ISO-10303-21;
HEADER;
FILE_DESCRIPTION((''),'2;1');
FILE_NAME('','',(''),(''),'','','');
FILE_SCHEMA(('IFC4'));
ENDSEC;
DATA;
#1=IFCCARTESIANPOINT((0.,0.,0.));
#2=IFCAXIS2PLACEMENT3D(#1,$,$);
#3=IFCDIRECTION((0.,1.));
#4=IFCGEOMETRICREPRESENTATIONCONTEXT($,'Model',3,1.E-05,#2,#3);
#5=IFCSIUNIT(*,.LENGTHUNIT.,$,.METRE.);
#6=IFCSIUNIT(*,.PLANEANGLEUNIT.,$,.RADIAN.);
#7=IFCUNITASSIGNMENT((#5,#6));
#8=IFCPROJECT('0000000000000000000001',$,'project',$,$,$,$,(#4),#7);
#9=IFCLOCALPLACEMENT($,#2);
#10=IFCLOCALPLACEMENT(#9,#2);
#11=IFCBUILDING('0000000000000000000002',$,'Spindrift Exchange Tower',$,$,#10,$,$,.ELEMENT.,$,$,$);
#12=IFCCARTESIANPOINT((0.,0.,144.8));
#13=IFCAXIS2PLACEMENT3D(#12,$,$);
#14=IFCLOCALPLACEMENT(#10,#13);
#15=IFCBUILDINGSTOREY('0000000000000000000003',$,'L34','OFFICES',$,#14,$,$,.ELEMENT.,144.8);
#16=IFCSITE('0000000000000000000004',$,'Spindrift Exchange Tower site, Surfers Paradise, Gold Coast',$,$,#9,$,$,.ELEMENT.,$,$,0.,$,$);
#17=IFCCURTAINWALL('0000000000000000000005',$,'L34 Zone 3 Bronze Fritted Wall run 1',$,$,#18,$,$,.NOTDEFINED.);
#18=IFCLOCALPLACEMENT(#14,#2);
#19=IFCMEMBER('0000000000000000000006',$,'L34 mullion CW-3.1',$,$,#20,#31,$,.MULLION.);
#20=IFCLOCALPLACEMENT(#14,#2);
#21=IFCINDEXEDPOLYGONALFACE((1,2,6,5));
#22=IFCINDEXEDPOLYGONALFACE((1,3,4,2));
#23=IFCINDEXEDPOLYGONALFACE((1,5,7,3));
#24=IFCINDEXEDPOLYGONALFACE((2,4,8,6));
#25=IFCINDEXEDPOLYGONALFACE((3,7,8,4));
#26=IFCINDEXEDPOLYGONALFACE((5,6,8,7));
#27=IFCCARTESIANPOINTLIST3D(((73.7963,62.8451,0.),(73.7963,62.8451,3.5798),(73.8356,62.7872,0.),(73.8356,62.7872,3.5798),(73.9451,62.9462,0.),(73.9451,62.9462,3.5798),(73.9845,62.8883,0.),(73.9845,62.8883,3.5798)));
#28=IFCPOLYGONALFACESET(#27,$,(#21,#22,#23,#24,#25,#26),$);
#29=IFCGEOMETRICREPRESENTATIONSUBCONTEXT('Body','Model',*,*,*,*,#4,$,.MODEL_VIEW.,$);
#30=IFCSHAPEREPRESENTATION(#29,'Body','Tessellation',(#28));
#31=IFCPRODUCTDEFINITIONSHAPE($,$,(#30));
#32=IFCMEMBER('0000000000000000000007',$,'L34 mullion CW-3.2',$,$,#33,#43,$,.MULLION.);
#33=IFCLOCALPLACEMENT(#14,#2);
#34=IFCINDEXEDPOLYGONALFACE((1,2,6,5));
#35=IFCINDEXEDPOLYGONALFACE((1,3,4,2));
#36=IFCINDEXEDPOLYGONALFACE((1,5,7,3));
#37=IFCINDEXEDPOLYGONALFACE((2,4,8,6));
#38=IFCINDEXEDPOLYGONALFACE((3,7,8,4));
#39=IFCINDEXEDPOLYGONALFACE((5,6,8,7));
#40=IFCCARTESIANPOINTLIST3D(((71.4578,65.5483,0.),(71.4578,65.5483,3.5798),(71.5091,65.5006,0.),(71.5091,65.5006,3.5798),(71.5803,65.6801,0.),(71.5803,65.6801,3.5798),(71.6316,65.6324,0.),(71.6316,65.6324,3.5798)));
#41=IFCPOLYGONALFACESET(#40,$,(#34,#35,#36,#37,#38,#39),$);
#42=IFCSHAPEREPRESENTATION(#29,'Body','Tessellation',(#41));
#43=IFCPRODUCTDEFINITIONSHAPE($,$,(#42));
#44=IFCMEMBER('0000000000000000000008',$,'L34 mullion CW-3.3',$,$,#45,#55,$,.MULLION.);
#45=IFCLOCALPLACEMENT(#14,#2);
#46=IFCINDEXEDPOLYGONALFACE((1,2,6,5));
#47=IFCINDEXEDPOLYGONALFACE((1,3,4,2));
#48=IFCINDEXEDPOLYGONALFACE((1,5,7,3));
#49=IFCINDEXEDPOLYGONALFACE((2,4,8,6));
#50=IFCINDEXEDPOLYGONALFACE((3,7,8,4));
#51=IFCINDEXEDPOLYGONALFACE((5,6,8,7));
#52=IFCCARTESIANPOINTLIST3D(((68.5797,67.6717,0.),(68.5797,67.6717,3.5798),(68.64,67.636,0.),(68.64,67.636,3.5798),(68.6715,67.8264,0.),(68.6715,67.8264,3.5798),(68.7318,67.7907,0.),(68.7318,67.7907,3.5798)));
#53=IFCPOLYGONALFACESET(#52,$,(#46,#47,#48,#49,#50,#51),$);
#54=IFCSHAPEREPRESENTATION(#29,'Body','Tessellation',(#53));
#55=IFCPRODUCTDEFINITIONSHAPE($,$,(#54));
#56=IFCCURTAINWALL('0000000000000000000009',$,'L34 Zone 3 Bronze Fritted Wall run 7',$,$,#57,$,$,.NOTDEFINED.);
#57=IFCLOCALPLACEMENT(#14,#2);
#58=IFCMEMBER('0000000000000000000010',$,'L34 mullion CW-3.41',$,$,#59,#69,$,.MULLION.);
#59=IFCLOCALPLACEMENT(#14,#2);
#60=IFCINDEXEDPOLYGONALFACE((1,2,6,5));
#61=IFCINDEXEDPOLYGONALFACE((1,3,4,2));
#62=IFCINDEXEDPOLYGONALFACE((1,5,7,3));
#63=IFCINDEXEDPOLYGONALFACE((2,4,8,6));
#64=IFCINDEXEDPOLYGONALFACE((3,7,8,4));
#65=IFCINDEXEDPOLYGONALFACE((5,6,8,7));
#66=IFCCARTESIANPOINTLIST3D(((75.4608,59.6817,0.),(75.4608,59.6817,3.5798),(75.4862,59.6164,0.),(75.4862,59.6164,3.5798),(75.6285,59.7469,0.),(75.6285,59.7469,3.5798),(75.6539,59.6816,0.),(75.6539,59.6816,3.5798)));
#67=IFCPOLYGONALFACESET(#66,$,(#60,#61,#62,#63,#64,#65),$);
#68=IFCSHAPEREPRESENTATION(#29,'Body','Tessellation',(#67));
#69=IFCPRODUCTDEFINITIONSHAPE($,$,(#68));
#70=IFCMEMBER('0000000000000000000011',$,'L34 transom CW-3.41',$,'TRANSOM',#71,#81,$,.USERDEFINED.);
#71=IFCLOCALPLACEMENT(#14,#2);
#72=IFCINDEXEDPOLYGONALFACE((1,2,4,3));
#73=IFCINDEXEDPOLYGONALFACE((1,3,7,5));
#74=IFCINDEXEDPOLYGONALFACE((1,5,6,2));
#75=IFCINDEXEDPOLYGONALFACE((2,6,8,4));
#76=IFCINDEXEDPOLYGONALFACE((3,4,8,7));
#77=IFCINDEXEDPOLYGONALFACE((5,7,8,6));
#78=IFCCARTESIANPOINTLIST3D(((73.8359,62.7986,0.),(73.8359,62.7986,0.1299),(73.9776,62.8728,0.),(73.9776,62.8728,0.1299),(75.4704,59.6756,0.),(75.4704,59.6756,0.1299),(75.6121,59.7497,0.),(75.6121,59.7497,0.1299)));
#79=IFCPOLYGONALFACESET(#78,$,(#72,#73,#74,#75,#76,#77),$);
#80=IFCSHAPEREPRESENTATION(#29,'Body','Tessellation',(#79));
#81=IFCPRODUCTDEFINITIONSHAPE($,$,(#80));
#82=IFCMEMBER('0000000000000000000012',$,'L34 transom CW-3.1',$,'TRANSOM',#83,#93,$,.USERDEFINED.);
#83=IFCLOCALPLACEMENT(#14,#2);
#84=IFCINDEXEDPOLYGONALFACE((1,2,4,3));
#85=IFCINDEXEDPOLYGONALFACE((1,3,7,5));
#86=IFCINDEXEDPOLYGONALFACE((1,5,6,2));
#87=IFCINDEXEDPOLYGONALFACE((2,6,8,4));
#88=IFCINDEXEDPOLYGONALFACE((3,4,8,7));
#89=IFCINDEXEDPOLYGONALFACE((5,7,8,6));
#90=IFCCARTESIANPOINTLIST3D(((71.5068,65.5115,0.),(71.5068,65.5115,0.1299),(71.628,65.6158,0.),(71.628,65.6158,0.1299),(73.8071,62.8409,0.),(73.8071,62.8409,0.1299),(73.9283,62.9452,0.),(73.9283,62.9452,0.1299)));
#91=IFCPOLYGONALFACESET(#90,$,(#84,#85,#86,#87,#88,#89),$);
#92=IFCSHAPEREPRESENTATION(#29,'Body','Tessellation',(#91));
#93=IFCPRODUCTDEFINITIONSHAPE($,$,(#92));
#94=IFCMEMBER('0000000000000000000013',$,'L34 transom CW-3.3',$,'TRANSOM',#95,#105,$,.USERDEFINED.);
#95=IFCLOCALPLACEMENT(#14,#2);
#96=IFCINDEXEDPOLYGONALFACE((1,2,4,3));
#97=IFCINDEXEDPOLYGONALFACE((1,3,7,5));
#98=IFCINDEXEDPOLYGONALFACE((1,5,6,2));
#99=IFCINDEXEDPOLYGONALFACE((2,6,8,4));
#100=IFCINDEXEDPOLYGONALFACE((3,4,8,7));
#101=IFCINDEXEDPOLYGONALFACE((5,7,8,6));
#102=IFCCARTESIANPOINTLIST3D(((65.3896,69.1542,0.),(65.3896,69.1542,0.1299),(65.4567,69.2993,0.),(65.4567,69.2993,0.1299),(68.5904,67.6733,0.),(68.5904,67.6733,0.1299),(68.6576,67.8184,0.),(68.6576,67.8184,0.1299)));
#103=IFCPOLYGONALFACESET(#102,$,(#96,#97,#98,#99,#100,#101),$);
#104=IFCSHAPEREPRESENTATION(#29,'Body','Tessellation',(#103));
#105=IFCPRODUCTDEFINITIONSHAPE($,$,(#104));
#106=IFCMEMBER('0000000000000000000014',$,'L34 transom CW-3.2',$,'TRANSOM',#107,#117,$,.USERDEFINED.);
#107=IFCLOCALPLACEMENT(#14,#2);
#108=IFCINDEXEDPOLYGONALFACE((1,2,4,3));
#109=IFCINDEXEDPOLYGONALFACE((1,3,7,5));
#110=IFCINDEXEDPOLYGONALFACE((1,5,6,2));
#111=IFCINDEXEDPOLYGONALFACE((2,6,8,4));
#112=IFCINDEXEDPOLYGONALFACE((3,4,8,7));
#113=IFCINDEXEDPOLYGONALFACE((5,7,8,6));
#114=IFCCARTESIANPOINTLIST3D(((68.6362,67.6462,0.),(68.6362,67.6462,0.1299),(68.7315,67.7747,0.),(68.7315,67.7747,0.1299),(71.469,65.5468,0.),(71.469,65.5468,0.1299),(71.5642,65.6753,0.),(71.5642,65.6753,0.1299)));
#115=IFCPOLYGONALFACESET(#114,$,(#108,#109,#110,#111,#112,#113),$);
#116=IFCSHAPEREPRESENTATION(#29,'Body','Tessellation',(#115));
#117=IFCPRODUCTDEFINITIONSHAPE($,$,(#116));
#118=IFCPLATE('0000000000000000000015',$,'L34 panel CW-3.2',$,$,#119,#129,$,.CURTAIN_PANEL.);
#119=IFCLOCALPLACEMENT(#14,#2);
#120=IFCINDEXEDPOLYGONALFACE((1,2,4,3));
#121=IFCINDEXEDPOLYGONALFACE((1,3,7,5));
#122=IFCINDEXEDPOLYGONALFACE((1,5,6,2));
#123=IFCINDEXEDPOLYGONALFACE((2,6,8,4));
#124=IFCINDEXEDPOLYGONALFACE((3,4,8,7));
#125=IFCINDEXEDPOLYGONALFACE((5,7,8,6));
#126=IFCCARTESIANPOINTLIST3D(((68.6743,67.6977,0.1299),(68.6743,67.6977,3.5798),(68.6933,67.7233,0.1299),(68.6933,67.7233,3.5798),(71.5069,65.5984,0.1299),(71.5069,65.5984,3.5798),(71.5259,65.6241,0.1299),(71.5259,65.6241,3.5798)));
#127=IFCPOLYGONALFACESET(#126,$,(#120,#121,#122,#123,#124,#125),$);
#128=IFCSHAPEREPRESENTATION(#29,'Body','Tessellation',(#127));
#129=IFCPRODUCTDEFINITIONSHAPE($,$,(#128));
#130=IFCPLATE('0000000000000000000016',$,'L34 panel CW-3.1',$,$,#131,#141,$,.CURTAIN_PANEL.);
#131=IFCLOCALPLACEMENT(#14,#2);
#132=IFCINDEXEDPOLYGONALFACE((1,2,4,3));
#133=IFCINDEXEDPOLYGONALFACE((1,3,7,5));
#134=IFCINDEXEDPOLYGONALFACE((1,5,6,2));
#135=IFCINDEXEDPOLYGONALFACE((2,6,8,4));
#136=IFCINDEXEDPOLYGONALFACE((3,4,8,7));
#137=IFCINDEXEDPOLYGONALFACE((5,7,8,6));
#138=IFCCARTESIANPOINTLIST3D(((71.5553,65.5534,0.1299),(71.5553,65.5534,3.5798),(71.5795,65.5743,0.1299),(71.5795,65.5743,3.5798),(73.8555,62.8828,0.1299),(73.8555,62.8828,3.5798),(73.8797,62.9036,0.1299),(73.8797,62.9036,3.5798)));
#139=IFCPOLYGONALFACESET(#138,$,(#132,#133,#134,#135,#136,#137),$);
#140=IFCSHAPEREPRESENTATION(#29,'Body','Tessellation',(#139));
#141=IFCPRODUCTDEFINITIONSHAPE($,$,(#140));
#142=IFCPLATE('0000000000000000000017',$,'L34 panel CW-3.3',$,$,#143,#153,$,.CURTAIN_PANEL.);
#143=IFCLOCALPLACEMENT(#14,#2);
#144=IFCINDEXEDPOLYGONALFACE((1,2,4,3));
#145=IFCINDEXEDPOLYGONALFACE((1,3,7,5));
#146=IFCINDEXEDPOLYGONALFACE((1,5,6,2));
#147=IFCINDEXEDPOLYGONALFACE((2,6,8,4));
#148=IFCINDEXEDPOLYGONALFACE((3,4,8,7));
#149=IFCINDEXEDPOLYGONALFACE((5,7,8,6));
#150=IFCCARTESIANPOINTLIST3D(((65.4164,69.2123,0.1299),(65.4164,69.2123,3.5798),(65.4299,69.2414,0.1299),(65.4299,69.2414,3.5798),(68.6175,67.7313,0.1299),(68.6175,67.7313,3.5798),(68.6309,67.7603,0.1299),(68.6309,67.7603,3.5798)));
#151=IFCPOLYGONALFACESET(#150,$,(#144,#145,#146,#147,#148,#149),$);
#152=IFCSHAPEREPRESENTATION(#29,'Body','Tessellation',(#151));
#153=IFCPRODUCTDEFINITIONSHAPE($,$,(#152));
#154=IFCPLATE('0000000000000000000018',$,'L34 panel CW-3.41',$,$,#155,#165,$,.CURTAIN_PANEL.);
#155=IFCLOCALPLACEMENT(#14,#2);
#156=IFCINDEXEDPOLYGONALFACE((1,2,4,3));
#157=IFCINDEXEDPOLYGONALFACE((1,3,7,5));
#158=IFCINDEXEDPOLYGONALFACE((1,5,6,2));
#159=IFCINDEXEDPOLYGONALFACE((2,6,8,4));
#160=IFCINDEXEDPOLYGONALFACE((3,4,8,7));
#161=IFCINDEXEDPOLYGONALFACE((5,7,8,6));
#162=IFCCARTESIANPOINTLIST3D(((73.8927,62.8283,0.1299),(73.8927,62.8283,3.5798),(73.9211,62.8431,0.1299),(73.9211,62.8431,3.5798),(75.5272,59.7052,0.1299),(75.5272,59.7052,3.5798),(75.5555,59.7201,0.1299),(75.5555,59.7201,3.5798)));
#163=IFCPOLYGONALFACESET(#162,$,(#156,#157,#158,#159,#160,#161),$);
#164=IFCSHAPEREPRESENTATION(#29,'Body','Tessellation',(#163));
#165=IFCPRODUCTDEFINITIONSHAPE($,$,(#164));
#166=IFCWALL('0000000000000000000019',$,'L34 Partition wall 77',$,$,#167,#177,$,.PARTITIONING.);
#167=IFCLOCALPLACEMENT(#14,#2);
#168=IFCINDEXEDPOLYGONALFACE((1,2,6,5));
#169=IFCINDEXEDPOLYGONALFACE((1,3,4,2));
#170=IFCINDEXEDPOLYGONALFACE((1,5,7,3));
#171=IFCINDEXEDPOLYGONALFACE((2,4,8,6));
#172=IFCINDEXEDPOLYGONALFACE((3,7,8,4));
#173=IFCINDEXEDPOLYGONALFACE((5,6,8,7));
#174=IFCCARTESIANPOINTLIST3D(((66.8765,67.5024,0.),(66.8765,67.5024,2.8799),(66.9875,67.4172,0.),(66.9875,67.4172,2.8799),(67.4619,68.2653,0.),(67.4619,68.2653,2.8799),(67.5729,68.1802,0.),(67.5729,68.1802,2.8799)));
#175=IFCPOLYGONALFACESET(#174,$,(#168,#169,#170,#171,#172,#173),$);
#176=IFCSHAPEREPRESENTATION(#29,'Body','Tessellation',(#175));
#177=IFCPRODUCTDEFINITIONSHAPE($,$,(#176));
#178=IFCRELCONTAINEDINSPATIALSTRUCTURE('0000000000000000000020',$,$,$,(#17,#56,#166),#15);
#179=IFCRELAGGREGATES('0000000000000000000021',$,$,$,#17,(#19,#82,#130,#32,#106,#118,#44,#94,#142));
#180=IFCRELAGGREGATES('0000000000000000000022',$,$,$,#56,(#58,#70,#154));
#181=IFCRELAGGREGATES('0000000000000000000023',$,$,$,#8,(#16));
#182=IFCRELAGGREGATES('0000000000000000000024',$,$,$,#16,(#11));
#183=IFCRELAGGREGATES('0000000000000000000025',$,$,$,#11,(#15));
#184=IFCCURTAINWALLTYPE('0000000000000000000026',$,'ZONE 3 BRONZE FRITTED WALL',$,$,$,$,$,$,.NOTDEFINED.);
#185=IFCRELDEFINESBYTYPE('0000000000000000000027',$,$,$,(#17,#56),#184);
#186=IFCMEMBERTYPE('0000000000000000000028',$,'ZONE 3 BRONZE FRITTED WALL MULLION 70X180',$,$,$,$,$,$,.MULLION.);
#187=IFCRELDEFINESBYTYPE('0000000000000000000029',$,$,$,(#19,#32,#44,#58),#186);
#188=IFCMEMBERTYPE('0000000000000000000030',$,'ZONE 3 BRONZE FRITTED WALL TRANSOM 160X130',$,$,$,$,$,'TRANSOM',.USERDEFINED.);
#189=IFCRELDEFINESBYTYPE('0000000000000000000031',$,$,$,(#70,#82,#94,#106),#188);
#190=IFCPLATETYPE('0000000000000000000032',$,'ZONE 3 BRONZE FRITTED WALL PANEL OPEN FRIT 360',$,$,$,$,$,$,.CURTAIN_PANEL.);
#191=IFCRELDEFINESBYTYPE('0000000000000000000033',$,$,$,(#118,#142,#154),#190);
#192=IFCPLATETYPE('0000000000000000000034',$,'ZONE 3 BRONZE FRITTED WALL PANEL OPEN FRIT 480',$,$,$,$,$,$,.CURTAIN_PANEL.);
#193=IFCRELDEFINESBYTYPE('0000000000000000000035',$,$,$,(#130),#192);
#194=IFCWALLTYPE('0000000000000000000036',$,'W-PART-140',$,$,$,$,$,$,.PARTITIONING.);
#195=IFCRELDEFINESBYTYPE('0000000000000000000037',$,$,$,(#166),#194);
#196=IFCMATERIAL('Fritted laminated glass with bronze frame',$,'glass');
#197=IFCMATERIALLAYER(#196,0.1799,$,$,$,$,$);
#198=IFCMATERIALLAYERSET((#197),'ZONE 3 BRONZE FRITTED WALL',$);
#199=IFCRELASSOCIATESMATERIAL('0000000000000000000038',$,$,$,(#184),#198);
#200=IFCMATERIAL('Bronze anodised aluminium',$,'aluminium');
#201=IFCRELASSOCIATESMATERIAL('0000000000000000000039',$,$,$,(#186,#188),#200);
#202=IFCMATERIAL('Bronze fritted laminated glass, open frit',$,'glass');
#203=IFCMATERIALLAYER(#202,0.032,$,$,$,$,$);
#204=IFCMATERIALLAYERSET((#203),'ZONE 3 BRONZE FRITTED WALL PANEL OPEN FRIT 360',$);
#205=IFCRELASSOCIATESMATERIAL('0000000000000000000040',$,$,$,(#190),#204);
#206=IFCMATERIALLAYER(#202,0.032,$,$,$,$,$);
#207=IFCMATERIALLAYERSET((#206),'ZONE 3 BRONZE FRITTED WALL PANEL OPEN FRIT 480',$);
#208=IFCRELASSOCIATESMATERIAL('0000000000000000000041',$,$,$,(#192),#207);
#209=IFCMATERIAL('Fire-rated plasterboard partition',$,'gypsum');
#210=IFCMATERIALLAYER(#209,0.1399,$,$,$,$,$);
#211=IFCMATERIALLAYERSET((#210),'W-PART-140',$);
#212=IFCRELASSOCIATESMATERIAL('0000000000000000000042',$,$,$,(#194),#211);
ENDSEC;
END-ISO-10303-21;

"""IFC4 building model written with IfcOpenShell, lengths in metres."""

from ifc_helpers import new_model, si_unit, direction, frame, frame_2d, origin, origin_2d, place, context, subcontext, project, spatial, rectangle, extrude, source, transform, mapped, material, layer, layer_set, material_profile, profile_set, type_object, element, aggregate, save


model = new_model("IFC4")

# Units and contexts
model_context = context("Model", 3, precision=1e-05, world=origin(), true_north=direction((0.0, 1.0)))
body_context = subcontext(model_context, "Body", "Model", "MODEL_VIEW")
ifc_project = project(units=[si_unit("LENGTHUNIT", "METRE"), si_unit("PLANEANGLEUNIT", "RADIAN")], contexts=[model_context])

# Site, building, storey
site_placement = place(None, origin())
site = spatial("IfcSite", under=ifc_project, at=site_placement, Name="Spindrift Exchange Tower site, Surfers Paradise, Gold Coast", CompositionType="ELEMENT", RefElevation=0.0)
building_placement = place(site_placement, origin())
building = spatial("IfcBuilding", under=site, at=building_placement, Name="Spindrift Exchange Tower", CompositionType="ELEMENT")
storey_placement = place(building_placement, frame((0.0, 0.0, 144.8)))
storey = spatial("IfcBuildingStorey", under=building, at=storey_placement, Name="L34", Description="OFFICES", CompositionType="ELEMENT", Elevation=144.8)

# Curtain walls, members
ifc_material_1 = material(Name="Fritted laminated glass with bronze frame", Category="glass")
ifc_layer_1 = layer(ifc_material_1, 0.1799)
ifc_layer_set_1 = layer_set([ifc_layer_1], Name="ZONE 3 BRONZE FRITTED WALL")
curtain_wall_type = type_object("IfcCurtainWallType", Name="ZONE 3 BRONZE FRITTED WALL", PredefinedType="NOTDEFINED", material=ifc_layer_set_1)
curtain_wall_1_placement = place(storey_placement, origin())
curtain_wall_1 = element("IfcCurtainWall", 1, at=curtain_wall_1_placement, inside=storey, type_object=curtain_wall_type, Name="L34 Zone 3 Bronze Fritted Wall run 1", PredefinedType="NOTDEFINED")
ifc_material_2 = material(Name="Bronze anodised aluminium", Category="aluminium")
ifc_material_profile_1 = material_profile(ifc_material_2, rectangle(XDim=0.0701, YDim=0.1799, at=origin_2d()), Name="ZONE 3 BRONZE FRITTED WALL MULLION 70X180")
ifc_profile_set_1 = profile_set([ifc_material_profile_1], Name="Bronze anodised aluminium")
member_type_1 = type_object("IfcMemberType", Name="ZONE 3 BRONZE FRITTED WALL MULLION 70X180", PredefinedType="MULLION", material=ifc_profile_set_1)
shared_shape_1 = source(origin(), body_context, "Body", "SweptSolid", [
    extrude(rectangle(XDim=0.0701, YDim=0.1799, at=origin_2d()), origin(), (0.0, 0.0, 1.0), 3.5798),
])
member_1_placement = place(storey_placement, frame((73.8904, 62.8667, 0.0), z_axis=(0.0, 0.0, 1.0), x_axis=(-0.561822, 0.827258, 0.0)))
member_1 = element("IfcMember", 2, at=member_1_placement, type_object=member_type_1, Name="L34 mullion CW-3.1", PredefinedType="MULLION", context=body_context, shape_type="MappedRepresentation", body=[
    mapped(shared_shape_1, transform((0.0, 0.0, 0.0), scale=1.0)),
])
member_2_placement = place(storey_placement, frame((71.5447, 65.5903, 0.0), z_axis=(0.0, 0.0, 1.0), x_axis=(-0.732518, 0.680748, 0.0)))
member_2 = element("IfcMember", 3, at=member_2_placement, type_object=member_type_1, Name="L34 mullion CW-3.2", PredefinedType="MULLION", context=body_context, shape_type="MappedRepresentation", body=[
    mapped(shared_shape_1, transform((0.0, 0.0, 0.0), scale=1.0)),
])
member_3_placement = place(storey_placement, frame((68.6558, 67.7312, 0.0), z_axis=(0.0, 0.0, 1.0), x_axis=(-0.859981, 0.510326, 0.0)))
member_3 = element("IfcMember", 4, at=member_3_placement, type_object=member_type_1, Name="L34 mullion CW-3.3", PredefinedType="MULLION", context=body_context, shape_type="MappedRepresentation", body=[
    mapped(shared_shape_1, transform((0.0, 0.0, 0.0), scale=1.0)),
])
curtain_wall_2_placement = place(storey_placement, origin())
curtain_wall_2 = element("IfcCurtainWall", 5, at=curtain_wall_2_placement, inside=storey, type_object=curtain_wall_type, Name="L34 Zone 3 Bronze Fritted Wall run 7", PredefinedType="NOTDEFINED")
member_4_placement = place(storey_placement, frame((75.5574, 59.6816, 0.0), z_axis=(0.0, 0.0, 1.0), x_axis=(-0.362695, 0.931908, 0.0)))
member_4 = element("IfcMember", 6, at=member_4_placement, type_object=member_type_1, Name="L34 mullion CW-3.41", PredefinedType="MULLION", context=body_context, shape_type="MappedRepresentation", body=[
    mapped(shared_shape_1, transform((0.0, 0.0, 0.0), scale=1.0)),
])
ifc_material_profile_2 = material_profile(ifc_material_2, rectangle(XDim=0.1599, YDim=0.1299, at=origin_2d()), Name="ZONE 3 BRONZE FRITTED WALL TRANSOM 160X130")
ifc_profile_set_2 = profile_set([ifc_material_profile_2], Name="Bronze anodised aluminium")
member_type_2 = type_object("IfcMemberType", Name="ZONE 3 BRONZE FRITTED WALL TRANSOM 160X130", ElementType="TRANSOM", PredefinedType="USERDEFINED", material=ifc_profile_set_2)
shared_shape_2 = source(origin(), body_context, "Body", "SweptSolid", [
    extrude(rectangle(XDim=0.1599, YDim=0.1299, at=origin_2d()), origin(), (0.0, 0.0, 1.0), 3.5249),
])
member_5_placement = place(storey_placement, frame((75.5413, 59.7126, 0.0649), z_axis=(-0.463704, 0.88599, 0.0), x_axis=(-0.88599, -0.463704, 0.0)))
member_5 = element("IfcMember", 7, at=member_5_placement, type_object=member_type_2, Name="L34 transom CW-3.41", ObjectType="TRANSOM", PredefinedType="USERDEFINED", context=body_context, shape_type="MappedRepresentation", body=[
    mapped(shared_shape_2, transform((0.0, 0.0, 0.0), scale=1.0)),
])

# Members
shared_shape_3 = source(origin(), body_context, "Body", "SweptSolid", [
    extrude(rectangle(XDim=0.1599, YDim=0.1299, at=origin_2d()), origin(), (0.0, 0.0, 1.0), 3.5247),
])
member_6_placement = place(storey_placement, frame((73.8677, 62.8931, 0.0649), z_axis=(-0.652615, 0.75769, 0.0), x_axis=(-0.75769, -0.652615, 0.0)))
member_6 = element("IfcMember", 8, at=member_6_placement, type_object=member_type_2, Name="L34 transom CW-3.1", ObjectType="TRANSOM", PredefinedType="USERDEFINED", context=body_context, shape_type="MappedRepresentation", body=[
    mapped(shared_shape_3, transform((0.0, 0.0, 0.0), scale=1.0)),
])
shared_shape_4 = source(origin(), body_context, "Body", "SweptSolid", [
    extrude(rectangle(XDim=0.1599, YDim=0.1299, at=origin_2d()), origin(), (0.0, 0.0, 1.0), 3.5269),
])
member_7_placement = place(storey_placement, frame((68.624, 67.7458, 0.0649), z_axis=(-0.90757, 0.419901, 0.0), x_axis=(-0.419901, -0.90757, 0.0)))
member_7 = element("IfcMember", 9, at=member_7_placement, type_object=member_type_2, Name="L34 transom CW-3.3", ObjectType="TRANSOM", PredefinedType="USERDEFINED", context=body_context, shape_type="MappedRepresentation", body=[
    mapped(shared_shape_4, transform((0.0, 0.0, 0.0), scale=1.0)),
])
shared_shape_5 = source(origin(), body_context, "Body", "SweptSolid", [
    extrude(rectangle(XDim=0.1599, YDim=0.1299, at=origin_2d()), origin(), (0.0, 0.0, 1.0), 3.5259),
])
member_8_placement = place(storey_placement, frame((71.5166, 65.6111, 0.0649), z_axis=(-0.803419, 0.595415, 0.0), x_axis=(-0.595415, -0.803419, 0.0)))
member_8 = element("IfcMember", 10, at=member_8_placement, type_object=member_type_2, Name="L34 transom CW-3.2", ObjectType="TRANSOM", PredefinedType="USERDEFINED", context=body_context, shape_type="MappedRepresentation", body=[
    mapped(shared_shape_5, transform((0.0, 0.0, 0.0), scale=1.0)),
])

# Plates
ifc_material_3 = material(Name="Bronze fritted laminated glass, open frit", Category="glass")
ifc_layer_2 = layer(ifc_material_3, 0.032)
ifc_layer_set_2 = layer_set([ifc_layer_2], Name="ZONE 3 BRONZE FRITTED WALL PANEL OPEN FRIT 360")
plate_type_1 = type_object("IfcPlateType", Name="ZONE 3 BRONZE FRITTED WALL PANEL OPEN FRIT 360", PredefinedType="CURTAIN_PANEL", material=ifc_layer_set_2)
shared_shape_6 = source(origin(), body_context, "Body", "SweptSolid", [
    extrude(rectangle(XDim=3.5256, YDim=0.032, at=origin_2d()), origin(), (0.0, 0.0, 1.0), 3.45),
])
plate_1_placement = place(storey_placement, frame((70.1001, 66.6609, 0.1299), z_axis=(0.0, 0.0, 1.0), x_axis=(-0.803417, 0.595416, 0.0)))
plate_1 = element("IfcPlate", 11, at=plate_1_placement, type_object=plate_type_1, Name="L34 panel CW-3.2", PredefinedType="CURTAIN_PANEL", context=body_context, shape_type="MappedRepresentation", body=[
    mapped(shared_shape_6, transform((0.0, 0.0, 0.0), scale=1.0)),
])
ifc_layer_3 = layer(ifc_material_3, 0.032)
ifc_layer_set_3 = layer_set([ifc_layer_3], Name="ZONE 3 BRONZE FRITTED WALL PANEL OPEN FRIT 480")
plate_type_2 = type_object("IfcPlateType", Name="ZONE 3 BRONZE FRITTED WALL PANEL OPEN FRIT 480", PredefinedType="CURTAIN_PANEL", material=ifc_layer_set_3)
shared_shape_7 = source(origin(), body_context, "Body", "SweptSolid", [
    extrude(rectangle(XDim=3.5247, YDim=0.032, at=origin_2d()), origin(), (0.0, 0.0, 1.0), 3.45),
])
plate_2_placement = place(storey_placement, frame((72.7175, 64.2285, 0.1299), z_axis=(0.0, 0.0, 1.0), x_axis=(-0.652601, 0.757702, 0.0)))
plate_2 = element("IfcPlate", 12, at=plate_2_placement, type_object=plate_type_2, Name="L34 panel CW-3.1", PredefinedType="CURTAIN_PANEL", context=body_context, shape_type="MappedRepresentation", body=[
    mapped(shared_shape_7, transform((0.0, 0.0, 0.0), scale=1.0)),
])
shared_shape_8 = source(origin(), body_context, "Body", "SweptSolid", [
    extrude(rectangle(XDim=3.5271, YDim=0.032, at=origin_2d()), origin(), (0.0, 0.0, 1.0), 3.45),
])
plate_3_placement = place(storey_placement, frame((67.0237, 68.4863, 0.1299), z_axis=(0.0, 0.0, 1.0), x_axis=(-0.907567, 0.419908, 0.0)))
plate_3 = element("IfcPlate", 13, at=plate_3_placement, type_object=plate_type_1, Name="L34 panel CW-3.3", PredefinedType="CURTAIN_PANEL", context=body_context, shape_type="MappedRepresentation", body=[
    mapped(shared_shape_8, transform((0.0, 0.0, 0.0), scale=1.0)),
])
aggregate(curtain_wall_1, [member_1, member_6, plate_2, member_2, member_8, plate_1, member_3, member_7, plate_3])
shared_shape_9 = source(origin(), body_context, "Body", "SweptSolid", [
    extrude(rectangle(XDim=3.5249, YDim=0.032, at=origin_2d()), origin(), (0.0, 0.0, 1.0), 3.45),
])
plate_4_placement = place(storey_placement, frame((74.7241, 61.2742, 0.1299), z_axis=(0.0, 0.0, 1.0), x_axis=(-0.463693, 0.885996, 0.0)))
plate_4 = element("IfcPlate", 14, at=plate_4_placement, type_object=plate_type_1, Name="L34 panel CW-3.41", PredefinedType="CURTAIN_PANEL", context=body_context, shape_type="MappedRepresentation", body=[
    mapped(shared_shape_9, transform((0.0, 0.0, 0.0), scale=1.0)),
])
aggregate(curtain_wall_2, [member_4, member_5, plate_4])

# Wall
ifc_material_4 = material(Name="Fire-rated plasterboard partition", Category="gypsum")
ifc_layer_4 = layer(ifc_material_4, 0.1399)
ifc_layer_set_4 = layer_set([ifc_layer_4], Name="W-PART-140")
wall_type = type_object("IfcWallType", Name="W-PART-140", PredefinedType="PARTITIONING", material=ifc_layer_set_4)
wall_1_placement = place(storey_placement, frame((66.9319, 67.4597, 0.0), z_axis=(0.0, 0.0, 1.0), x_axis=(0.608778, 0.793341, 0.0)))
element("IfcWall", 15, at=wall_1_placement, inside=storey, type_object=wall_type, Name="L34 Partition wall 77", PredefinedType="PARTITIONING", context=body_context, shape_type="SweptSolid", body=[
    extrude(rectangle(XDim=0.9617, YDim=0.1399, at=frame_2d((0.481, 0.0))), origin(), (0.0, 0.0, 1.0), 2.8799),
])

save(model, "model.ifc")
